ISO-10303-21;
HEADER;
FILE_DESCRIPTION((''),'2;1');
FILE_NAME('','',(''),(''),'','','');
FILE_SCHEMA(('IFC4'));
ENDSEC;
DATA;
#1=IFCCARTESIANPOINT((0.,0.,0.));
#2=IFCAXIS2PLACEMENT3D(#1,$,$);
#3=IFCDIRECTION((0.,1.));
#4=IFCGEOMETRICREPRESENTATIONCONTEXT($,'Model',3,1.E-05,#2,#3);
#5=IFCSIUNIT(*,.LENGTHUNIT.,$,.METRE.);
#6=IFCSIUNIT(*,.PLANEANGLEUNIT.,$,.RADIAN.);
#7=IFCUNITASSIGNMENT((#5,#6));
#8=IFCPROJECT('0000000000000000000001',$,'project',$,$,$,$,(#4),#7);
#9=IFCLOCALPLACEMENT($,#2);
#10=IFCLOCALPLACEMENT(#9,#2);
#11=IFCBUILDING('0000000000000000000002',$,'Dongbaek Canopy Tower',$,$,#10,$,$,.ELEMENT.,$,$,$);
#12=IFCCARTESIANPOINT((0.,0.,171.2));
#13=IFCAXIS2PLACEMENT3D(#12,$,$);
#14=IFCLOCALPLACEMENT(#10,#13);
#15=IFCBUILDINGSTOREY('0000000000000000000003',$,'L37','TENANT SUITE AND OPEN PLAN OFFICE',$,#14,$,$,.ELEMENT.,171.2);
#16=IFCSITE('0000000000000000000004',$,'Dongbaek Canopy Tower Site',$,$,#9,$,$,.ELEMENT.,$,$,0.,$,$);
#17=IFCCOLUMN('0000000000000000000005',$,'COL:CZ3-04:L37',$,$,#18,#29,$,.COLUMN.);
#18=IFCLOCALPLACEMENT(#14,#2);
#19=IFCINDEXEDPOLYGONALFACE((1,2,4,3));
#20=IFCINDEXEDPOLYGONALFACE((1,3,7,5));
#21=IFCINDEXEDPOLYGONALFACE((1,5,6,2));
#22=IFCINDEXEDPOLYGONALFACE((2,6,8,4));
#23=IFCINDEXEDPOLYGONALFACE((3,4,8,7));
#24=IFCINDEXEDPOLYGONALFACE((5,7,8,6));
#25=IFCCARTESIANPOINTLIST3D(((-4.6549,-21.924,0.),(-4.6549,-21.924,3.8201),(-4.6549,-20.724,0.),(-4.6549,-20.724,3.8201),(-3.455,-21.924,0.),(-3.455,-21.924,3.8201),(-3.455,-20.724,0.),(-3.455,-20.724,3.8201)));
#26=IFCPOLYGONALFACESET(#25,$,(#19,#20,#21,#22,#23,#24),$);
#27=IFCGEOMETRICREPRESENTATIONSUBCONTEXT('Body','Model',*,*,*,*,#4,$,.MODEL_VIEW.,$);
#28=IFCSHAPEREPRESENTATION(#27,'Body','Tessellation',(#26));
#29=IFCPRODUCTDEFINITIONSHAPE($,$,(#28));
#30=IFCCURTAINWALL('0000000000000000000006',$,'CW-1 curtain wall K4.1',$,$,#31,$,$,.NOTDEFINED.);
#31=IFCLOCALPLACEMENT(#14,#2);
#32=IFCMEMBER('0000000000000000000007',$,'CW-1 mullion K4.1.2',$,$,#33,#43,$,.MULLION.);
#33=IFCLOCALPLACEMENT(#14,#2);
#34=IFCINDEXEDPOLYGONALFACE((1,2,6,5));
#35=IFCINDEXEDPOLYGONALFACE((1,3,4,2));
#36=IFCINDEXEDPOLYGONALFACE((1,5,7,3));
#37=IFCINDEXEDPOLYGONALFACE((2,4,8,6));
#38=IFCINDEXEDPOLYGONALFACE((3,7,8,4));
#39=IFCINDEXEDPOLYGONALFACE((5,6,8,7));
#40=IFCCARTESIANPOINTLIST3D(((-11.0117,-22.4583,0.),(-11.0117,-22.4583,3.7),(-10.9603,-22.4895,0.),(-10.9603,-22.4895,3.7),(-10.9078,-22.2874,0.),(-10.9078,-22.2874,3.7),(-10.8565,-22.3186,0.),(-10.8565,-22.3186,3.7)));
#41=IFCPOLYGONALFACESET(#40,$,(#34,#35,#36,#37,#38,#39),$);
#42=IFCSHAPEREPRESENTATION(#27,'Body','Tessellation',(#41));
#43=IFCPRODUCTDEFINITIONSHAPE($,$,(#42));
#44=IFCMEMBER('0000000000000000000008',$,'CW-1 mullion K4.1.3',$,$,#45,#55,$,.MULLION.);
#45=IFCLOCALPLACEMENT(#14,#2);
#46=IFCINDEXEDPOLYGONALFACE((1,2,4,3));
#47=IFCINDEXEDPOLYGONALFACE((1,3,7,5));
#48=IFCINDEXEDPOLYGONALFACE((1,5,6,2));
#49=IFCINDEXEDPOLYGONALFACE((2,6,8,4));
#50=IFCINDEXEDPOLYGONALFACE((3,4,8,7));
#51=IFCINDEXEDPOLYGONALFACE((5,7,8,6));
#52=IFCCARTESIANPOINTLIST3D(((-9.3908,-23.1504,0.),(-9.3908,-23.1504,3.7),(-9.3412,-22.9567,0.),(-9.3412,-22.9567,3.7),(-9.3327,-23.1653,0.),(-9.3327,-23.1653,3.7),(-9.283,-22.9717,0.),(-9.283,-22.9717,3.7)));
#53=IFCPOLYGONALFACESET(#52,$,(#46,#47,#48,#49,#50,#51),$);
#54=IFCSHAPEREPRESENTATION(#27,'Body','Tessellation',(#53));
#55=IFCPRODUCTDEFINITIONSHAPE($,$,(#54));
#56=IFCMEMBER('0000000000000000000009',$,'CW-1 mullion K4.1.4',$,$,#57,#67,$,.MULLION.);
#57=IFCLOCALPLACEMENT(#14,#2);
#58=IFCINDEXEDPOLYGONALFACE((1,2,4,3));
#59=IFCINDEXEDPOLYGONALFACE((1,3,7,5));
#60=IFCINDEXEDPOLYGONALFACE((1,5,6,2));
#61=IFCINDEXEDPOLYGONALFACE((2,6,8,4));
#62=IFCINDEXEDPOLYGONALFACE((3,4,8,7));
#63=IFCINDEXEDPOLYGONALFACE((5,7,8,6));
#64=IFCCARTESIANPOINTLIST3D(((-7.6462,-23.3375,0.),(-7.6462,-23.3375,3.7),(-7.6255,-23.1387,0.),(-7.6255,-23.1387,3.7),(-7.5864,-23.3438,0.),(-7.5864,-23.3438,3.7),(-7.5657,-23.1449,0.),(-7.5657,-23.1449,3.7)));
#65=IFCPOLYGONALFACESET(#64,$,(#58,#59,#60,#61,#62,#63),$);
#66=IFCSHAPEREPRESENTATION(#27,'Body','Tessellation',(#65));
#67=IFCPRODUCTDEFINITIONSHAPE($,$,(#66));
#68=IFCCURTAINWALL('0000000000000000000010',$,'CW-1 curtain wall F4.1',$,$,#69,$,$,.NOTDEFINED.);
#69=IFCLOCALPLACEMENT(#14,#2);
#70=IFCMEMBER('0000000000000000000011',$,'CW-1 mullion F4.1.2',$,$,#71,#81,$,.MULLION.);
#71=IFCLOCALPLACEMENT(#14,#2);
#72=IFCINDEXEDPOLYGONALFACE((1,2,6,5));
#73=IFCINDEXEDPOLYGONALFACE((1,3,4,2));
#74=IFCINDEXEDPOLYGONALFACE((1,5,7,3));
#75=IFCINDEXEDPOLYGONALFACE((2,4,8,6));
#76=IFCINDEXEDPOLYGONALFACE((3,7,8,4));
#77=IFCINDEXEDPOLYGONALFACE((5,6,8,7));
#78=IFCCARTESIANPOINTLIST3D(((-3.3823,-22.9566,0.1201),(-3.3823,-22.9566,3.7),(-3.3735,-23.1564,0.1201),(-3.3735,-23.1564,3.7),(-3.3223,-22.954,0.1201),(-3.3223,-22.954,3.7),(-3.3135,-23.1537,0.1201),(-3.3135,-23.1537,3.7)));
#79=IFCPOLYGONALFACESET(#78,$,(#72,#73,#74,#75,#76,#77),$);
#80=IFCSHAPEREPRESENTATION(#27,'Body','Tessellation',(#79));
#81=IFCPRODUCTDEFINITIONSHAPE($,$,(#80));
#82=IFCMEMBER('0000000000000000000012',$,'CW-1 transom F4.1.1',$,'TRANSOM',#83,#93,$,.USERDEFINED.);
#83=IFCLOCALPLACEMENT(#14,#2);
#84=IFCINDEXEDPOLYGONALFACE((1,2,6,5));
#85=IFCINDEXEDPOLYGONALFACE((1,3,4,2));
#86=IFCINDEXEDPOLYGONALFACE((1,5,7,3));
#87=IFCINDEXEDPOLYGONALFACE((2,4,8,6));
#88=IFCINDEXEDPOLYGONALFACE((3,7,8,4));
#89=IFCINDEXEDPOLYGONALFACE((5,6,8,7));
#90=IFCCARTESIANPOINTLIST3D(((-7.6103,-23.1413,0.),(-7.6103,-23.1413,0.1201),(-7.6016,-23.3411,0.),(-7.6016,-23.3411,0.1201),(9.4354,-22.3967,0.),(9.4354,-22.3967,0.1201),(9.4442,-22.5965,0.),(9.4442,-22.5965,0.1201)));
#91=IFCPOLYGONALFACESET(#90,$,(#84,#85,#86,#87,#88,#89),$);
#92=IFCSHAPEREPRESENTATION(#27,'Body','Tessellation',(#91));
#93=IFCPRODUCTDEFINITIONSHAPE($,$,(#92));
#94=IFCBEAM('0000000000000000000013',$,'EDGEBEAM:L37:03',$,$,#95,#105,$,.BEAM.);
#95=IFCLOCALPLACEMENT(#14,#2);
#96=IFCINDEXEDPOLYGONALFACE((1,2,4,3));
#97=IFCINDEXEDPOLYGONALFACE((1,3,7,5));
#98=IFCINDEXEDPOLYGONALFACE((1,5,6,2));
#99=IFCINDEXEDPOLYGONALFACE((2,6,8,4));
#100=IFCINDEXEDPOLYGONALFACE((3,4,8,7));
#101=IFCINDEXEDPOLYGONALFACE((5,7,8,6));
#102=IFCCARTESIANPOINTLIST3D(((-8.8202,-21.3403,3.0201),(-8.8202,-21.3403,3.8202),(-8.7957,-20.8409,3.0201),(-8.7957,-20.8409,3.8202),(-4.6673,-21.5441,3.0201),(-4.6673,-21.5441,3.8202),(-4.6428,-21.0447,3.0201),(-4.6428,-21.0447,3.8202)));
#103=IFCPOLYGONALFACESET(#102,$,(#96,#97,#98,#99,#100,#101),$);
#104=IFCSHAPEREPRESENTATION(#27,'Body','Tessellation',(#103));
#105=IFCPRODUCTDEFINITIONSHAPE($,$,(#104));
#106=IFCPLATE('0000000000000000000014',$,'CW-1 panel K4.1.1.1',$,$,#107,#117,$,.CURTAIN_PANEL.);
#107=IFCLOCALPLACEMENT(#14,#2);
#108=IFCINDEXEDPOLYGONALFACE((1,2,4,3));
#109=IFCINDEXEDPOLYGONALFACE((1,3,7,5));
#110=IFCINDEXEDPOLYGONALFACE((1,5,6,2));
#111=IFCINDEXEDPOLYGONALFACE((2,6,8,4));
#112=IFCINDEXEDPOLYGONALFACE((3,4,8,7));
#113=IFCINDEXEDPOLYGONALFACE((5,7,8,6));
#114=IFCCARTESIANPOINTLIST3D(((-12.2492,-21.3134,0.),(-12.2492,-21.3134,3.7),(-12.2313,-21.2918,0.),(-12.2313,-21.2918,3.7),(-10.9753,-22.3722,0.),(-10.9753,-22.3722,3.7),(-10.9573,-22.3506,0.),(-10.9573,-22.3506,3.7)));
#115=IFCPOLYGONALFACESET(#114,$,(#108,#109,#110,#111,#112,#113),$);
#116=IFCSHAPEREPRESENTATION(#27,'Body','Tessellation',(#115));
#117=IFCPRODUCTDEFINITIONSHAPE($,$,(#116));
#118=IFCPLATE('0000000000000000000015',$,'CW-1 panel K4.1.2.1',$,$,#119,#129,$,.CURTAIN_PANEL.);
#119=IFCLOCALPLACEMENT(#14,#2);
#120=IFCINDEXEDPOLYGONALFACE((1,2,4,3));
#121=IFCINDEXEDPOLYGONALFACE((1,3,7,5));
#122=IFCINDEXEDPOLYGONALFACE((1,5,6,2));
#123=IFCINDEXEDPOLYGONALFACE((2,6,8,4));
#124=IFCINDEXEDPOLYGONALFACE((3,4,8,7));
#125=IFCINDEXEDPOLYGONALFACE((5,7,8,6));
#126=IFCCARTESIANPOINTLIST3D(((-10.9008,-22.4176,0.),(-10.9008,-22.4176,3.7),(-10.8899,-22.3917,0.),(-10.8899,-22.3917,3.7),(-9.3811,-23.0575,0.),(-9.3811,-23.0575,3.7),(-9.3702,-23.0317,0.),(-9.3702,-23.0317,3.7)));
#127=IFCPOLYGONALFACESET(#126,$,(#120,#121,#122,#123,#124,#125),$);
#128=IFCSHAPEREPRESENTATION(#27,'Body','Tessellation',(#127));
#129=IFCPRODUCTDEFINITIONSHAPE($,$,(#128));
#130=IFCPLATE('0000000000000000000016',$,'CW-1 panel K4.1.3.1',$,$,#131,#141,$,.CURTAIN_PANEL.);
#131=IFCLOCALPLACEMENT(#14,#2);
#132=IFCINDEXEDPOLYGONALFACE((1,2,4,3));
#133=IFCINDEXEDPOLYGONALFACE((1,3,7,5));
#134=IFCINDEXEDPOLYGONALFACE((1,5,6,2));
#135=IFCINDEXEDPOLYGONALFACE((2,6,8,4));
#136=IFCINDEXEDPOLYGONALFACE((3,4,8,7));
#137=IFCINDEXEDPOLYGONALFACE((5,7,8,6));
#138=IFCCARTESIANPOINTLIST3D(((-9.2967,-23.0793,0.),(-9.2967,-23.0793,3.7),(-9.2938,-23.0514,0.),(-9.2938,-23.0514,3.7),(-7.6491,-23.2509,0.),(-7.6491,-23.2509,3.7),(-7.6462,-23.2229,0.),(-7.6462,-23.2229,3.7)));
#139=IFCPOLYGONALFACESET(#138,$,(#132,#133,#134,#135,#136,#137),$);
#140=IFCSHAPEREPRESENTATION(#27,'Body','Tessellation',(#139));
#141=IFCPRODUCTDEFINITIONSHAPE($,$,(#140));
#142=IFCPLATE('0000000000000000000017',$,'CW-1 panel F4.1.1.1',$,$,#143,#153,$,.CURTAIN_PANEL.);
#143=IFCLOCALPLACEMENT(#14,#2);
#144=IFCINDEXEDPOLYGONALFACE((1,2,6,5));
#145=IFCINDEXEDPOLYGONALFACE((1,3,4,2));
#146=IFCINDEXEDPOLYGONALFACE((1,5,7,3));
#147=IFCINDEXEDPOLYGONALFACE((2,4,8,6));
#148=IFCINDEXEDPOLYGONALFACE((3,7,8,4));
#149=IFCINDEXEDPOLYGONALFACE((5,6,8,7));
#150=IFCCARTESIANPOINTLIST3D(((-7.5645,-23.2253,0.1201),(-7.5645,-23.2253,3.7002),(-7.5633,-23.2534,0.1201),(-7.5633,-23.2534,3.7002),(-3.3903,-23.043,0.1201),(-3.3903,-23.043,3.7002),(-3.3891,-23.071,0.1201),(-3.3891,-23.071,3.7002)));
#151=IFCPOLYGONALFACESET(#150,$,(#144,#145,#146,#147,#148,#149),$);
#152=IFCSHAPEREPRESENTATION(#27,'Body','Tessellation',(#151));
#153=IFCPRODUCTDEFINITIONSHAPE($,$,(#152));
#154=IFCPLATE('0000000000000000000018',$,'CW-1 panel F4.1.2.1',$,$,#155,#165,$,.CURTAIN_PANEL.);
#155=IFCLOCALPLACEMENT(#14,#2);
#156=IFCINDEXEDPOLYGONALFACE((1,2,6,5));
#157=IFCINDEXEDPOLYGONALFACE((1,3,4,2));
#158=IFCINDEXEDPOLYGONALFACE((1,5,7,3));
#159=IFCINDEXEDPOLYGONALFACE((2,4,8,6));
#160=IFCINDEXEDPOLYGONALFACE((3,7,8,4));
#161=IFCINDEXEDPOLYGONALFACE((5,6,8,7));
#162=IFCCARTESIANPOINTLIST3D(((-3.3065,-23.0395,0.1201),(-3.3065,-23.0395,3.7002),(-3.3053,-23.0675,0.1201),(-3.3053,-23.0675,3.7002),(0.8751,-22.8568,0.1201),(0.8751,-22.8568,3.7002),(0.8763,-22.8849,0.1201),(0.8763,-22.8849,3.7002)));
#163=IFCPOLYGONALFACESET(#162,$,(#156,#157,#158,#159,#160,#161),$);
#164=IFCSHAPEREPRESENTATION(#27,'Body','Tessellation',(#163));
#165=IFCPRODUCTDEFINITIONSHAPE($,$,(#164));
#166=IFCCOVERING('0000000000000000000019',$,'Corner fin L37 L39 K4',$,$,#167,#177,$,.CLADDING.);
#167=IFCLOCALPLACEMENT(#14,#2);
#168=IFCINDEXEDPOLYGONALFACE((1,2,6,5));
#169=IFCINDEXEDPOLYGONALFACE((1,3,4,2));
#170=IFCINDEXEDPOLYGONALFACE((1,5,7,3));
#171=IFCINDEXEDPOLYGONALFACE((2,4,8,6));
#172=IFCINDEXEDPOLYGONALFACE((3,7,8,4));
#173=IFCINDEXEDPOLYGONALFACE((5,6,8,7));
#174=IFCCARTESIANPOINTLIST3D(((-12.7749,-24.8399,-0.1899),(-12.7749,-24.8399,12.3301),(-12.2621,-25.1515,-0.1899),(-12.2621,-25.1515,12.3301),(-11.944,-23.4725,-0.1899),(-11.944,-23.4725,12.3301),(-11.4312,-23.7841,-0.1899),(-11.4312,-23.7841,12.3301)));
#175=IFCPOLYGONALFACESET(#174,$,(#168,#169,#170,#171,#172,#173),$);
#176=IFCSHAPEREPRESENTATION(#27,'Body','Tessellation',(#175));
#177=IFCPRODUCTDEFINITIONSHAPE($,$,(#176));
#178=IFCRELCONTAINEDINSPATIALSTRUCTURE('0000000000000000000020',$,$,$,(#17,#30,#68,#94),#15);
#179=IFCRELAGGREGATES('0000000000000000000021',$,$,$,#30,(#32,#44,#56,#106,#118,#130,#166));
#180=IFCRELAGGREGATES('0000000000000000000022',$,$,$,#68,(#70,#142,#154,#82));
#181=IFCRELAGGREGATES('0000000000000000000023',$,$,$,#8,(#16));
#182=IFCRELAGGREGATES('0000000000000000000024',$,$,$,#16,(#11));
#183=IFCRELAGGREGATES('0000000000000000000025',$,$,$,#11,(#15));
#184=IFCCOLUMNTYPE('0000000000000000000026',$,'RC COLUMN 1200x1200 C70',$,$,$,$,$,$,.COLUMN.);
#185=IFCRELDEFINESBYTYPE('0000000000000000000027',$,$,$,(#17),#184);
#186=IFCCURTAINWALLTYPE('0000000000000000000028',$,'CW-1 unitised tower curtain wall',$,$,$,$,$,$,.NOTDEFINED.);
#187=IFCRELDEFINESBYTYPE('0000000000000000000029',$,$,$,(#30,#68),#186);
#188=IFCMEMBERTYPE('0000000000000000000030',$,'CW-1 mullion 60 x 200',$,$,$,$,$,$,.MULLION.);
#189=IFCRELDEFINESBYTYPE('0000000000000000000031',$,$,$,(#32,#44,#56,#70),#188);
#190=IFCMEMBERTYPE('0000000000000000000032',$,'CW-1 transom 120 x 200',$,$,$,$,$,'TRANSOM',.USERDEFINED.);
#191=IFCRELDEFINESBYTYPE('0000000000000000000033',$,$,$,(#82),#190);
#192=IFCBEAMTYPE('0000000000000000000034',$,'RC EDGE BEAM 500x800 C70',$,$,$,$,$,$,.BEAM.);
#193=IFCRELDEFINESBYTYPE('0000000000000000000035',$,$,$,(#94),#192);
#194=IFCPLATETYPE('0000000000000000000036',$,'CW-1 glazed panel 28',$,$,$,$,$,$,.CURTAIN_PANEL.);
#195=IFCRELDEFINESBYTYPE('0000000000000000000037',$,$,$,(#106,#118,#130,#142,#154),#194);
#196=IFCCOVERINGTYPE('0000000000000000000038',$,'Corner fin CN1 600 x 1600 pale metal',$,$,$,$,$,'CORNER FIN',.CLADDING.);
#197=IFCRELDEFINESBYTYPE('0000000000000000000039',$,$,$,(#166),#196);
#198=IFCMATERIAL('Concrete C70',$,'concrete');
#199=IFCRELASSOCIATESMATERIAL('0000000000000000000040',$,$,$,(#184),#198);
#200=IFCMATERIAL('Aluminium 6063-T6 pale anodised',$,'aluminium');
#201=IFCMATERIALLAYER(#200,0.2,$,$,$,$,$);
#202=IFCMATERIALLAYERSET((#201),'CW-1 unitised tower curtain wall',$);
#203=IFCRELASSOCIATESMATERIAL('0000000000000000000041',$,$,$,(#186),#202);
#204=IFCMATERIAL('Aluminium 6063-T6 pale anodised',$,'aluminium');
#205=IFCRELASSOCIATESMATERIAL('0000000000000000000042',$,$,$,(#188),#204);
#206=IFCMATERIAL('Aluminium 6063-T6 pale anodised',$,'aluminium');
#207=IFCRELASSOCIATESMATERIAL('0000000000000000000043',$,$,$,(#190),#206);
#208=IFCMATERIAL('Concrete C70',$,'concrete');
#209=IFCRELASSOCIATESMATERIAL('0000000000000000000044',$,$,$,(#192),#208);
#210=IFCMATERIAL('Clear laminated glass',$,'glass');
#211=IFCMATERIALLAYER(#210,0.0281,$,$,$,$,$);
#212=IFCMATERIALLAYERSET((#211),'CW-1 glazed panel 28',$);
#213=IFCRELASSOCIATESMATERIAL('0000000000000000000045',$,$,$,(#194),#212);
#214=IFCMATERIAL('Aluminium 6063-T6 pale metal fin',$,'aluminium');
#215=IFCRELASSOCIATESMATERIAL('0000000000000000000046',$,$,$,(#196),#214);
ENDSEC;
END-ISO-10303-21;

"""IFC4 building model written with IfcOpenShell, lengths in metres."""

from ifc_helpers import new_model, si_unit, direction, frame, origin, origin_2d, place, context, subcontext, project, spatial, rectangle, extrude, material, layer, layer_set, material_profile, profile_set, type_object, element, aggregate, save


model = new_model("IFC4")

# Units and contexts
model_context = context("Model", 3, precision=1e-05, world=origin(), true_north=direction((0.0, 1.0)))
body_context = subcontext(model_context, "Body", "Model", "MODEL_VIEW")
ifc_project = project(units=[si_unit("LENGTHUNIT", "METRE"), si_unit("PLANEANGLEUNIT", "RADIAN")], contexts=[model_context])

# Site, building, storey
site_placement = place(None, origin())
site = spatial("IfcSite", under=ifc_project, at=site_placement, Name="Dongbaek Canopy Tower Site", CompositionType="ELEMENT", RefElevation=0.0)
building_placement = place(site_placement, origin())
building = spatial("IfcBuilding", under=site, at=building_placement, Name="Dongbaek Canopy Tower", CompositionType="ELEMENT")
storey_placement = place(building_placement, frame((0.0, 0.0, 171.2)))
storey = spatial("IfcBuildingStorey", under=building, at=storey_placement, Name="L37", Description="TENANT SUITE AND OPEN PLAN OFFICE", CompositionType="ELEMENT", Elevation=171.2)

# Column
ifc_material_1 = material(Name="Concrete C70", Category="concrete")
ifc_material_profile_1 = material_profile(ifc_material_1, rectangle(XDim=1.2, YDim=1.2, at=origin_2d()), Name="RC COLUMN 1200x1200 C70")
ifc_profile_set_1 = profile_set([ifc_material_profile_1], Name="Concrete C70")
column_type = type_object("IfcColumnType", Name="RC COLUMN 1200x1200 C70", PredefinedType="COLUMN", material=ifc_profile_set_1)
column_placement = place(storey_placement, frame((-4.0549, -21.324, 0.0), z_axis=(0.0, 0.0, 1.0), x_axis=(1.0, 0.0, 0.0)))
element("IfcColumn", 1, at=column_placement, inside=storey, type_object=column_type, Name="COL:CZ3-04:L37", PredefinedType="COLUMN", context=body_context, shape_type="SweptSolid", body=[
    extrude(rectangle(XDim=1.2, YDim=1.2, at=origin_2d()), origin(), (0.0, 0.0, 1.0), 3.8201),
])

# Curtain walls, members
ifc_material_2 = material(Name="Aluminium 6063-T6 pale anodised", Category="aluminium")
ifc_layer_1 = layer(ifc_material_2, 0.2)
ifc_layer_set_1 = layer_set([ifc_layer_1], Name="CW-1 unitised tower curtain wall")
curtain_wall_type = type_object("IfcCurtainWallType", Name="CW-1 unitised tower curtain wall", PredefinedType="NOTDEFINED", material=ifc_layer_set_1)
curtain_wall_1_placement = place(storey_placement, origin())
curtain_wall_1 = element("IfcCurtainWall", 2, at=curtain_wall_1_placement, inside=storey, type_object=curtain_wall_type, Name="CW-1 curtain wall K4.1", PredefinedType="NOTDEFINED")
ifc_material_3 = material(Name="Aluminium 6063-T6 pale anodised", Category="aluminium")
ifc_material_profile_2 = material_profile(ifc_material_3, rectangle(XDim=0.2, YDim=0.0601, at=origin_2d()), Name="CW-1 mullion 60 x 200")
ifc_profile_set_2 = profile_set([ifc_material_profile_2], Name="Aluminium 6063-T6 pale anodised")
member_type_1 = type_object("IfcMemberType", Name="CW-1 mullion 60 x 200", PredefinedType="MULLION", material=ifc_profile_set_2)
member_1_placement = place(storey_placement, frame((-10.9341, -22.3884, 0.0), z_axis=(0.0, 0.0, 1.0), x_axis=(-0.519286, -0.8546, 0.0)))
member_1 = element("IfcMember", 3, at=member_1_placement, type_object=member_type_1, Name="CW-1 mullion K4.1.2", PredefinedType="MULLION", context=body_context, shape_type="SweptSolid", body=[
    extrude(rectangle(XDim=0.2, YDim=0.0601, at=origin_2d()), origin(), (0.0, 0.0, 1.0), 3.7),
])
member_2_placement = place(storey_placement, frame((-9.3369, -23.061, 0.0), z_axis=(0.0, 0.0, 1.0), x_axis=(-0.248548, -0.96862, 0.0)))
member_2 = element("IfcMember", 4, at=member_2_placement, type_object=member_type_1, Name="CW-1 mullion K4.1.3", PredefinedType="MULLION", context=body_context, shape_type="SweptSolid", body=[
    extrude(rectangle(XDim=0.2, YDim=0.0601, at=origin_2d()), origin(), (0.0, 0.0, 1.0), 3.7),
])
member_3_placement = place(storey_placement, frame((-7.606, -23.2412, 0.0), z_axis=(0.0, 0.0, 1.0), x_axis=(-0.103577, -0.994621, 0.0)))
member_3 = element("IfcMember", 5, at=member_3_placement, type_object=member_type_1, Name="CW-1 mullion K4.1.4", PredefinedType="MULLION", context=body_context, shape_type="SweptSolid", body=[
    extrude(rectangle(XDim=0.2, YDim=0.0601, at=origin_2d()), origin(), (0.0, 0.0, 1.0), 3.7),
])
curtain_wall_2_placement = place(storey_placement, origin())
curtain_wall_2 = element("IfcCurtainWall", 6, at=curtain_wall_2_placement, inside=storey, type_object=curtain_wall_type, Name="CW-1 curtain wall F4.1", PredefinedType="NOTDEFINED")
member_4_placement = place(storey_placement, frame((-3.3479, -23.0552, 0.1201), z_axis=(0.0, 0.0, 1.0), x_axis=(0.04364, -0.999047, 0.0)))
member_4 = element("IfcMember", 7, at=member_4_placement, type_object=member_type_1, Name="CW-1 mullion F4.1.2", PredefinedType="MULLION", context=body_context, shape_type="SweptSolid", body=[
    extrude(rectangle(XDim=0.2, YDim=0.0601, at=origin_2d()), origin(), (0.0, 0.0, 1.0), 3.5798),
])
ifc_material_4 = material(Name="Aluminium 6063-T6 pale anodised", Category="aluminium")
ifc_material_profile_3 = material_profile(ifc_material_4, rectangle(XDim=0.2, YDim=0.1201, at=origin_2d()), Name="CW-1 transom 120 x 200")
ifc_profile_set_3 = profile_set([ifc_material_profile_3], Name="Aluminium 6063-T6 pale anodised")
member_type_2 = type_object("IfcMemberType", Name="CW-1 transom 120 x 200", ElementType="TRANSOM", PredefinedType="USERDEFINED", material=ifc_profile_set_3)
member_5_placement = place(storey_placement, frame((-7.606, -23.2412, 0.0601), z_axis=(0.999047, 0.043643, 0.0), x_axis=(-0.043643, 0.999047, 0.0)))
member_5 = element("IfcMember", 8, at=member_5_placement, type_object=member_type_2, Name="CW-1 transom F4.1.1", ObjectType="TRANSOM", PredefinedType="USERDEFINED", context=body_context, shape_type="SweptSolid", body=[
    extrude(rectangle(XDim=0.2, YDim=0.1201, at=origin_2d()), origin(), (0.0, 0.0, 1.0), 17.062),
])

# Beam
ifc_material_5 = material(Name="Concrete C70", Category="concrete")
ifc_material_profile_4 = material_profile(ifc_material_5, rectangle(XDim=0.5, YDim=0.8, at=origin_2d()), Name="RC EDGE BEAM 500x800 C70")
ifc_profile_set_4 = profile_set([ifc_material_profile_4], Name="Concrete C70")
beam_type = type_object("IfcBeamType", Name="RC EDGE BEAM 500x800 C70", PredefinedType="BEAM", material=ifc_profile_set_4)
beam_placement = place(storey_placement, frame((-4.655, -21.2944, 3.4202), z_axis=(-0.998797, 0.049027, 0.0), x_axis=(-0.049027, -0.998797, 0.0)))
element("IfcBeam", 9, at=beam_placement, inside=storey, type_object=beam_type, Name="EDGEBEAM:L37:03", PredefinedType="BEAM", context=body_context, shape_type="SweptSolid", body=[
    extrude(rectangle(XDim=0.5, YDim=0.8, at=origin_2d()), origin(), (0.0, 0.0, 1.0), 4.158),
])

# Plates
ifc_material_6 = material(Name="Clear laminated glass", Category="glass")
ifc_layer_2 = layer(ifc_material_6, 0.0281)
ifc_layer_set_2 = layer_set([ifc_layer_2], Name="CW-1 glazed panel 28")
plate_type = type_object("IfcPlateType", Name="CW-1 glazed panel 28", PredefinedType="CURTAIN_PANEL", material=ifc_layer_set_2)
plate_1_placement = place(storey_placement, frame((-11.6033, -21.832, 0.0), z_axis=(0.0, 0.0, 1.0), x_axis=(0.769056, -0.639181, 0.0)))
plate_1 = element("IfcPlate", 10, at=plate_1_placement, type_object=plate_type, Name="CW-1 panel K4.1.1.1", PredefinedType="CURTAIN_PANEL", context=body_context, shape_type="SweptSolid", body=[
    extrude(rectangle(XDim=1.6565, YDim=0.0281, at=origin_2d()), origin(), (0.0, 0.0, 1.0), 3.7),
])
plate_2_placement = place(storey_placement, frame((-10.1355, -22.7246, 0.0), z_axis=(0.0, 0.0, 1.0), x_axis=(0.921606, -0.388127, 0.0)))
plate_2 = element("IfcPlate", 11, at=plate_2_placement, type_object=plate_type, Name="CW-1 panel K4.1.2.1", PredefinedType="CURTAIN_PANEL", context=body_context, shape_type="SweptSolid", body=[
    extrude(rectangle(XDim=1.6489, YDim=0.0281, at=origin_2d()), origin(), (0.0, 0.0, 1.0), 3.7),
])
plate_3_placement = place(storey_placement, frame((-8.4714, -23.1511, 0.0), z_axis=(0.0, 0.0, 1.0), x_axis=(0.994621, -0.103577, 0.0)))
plate_3 = element("IfcPlate", 12, at=plate_3_placement, type_object=plate_type, Name="CW-1 panel K4.1.3.1", PredefinedType="CURTAIN_PANEL", context=body_context, shape_type="SweptSolid", body=[
    extrude(rectangle(XDim=1.6565, YDim=0.0281, at=origin_2d()), origin(), (0.0, 0.0, 1.0), 3.7),
])
plate_4_placement = place(storey_placement, frame((-5.4768, -23.1482, 0.1201), z_axis=(0.0, 0.0, 1.0), x_axis=(0.999047, 0.04364, 0.0)))
plate_4 = element("IfcPlate", 13, at=plate_4_placement, type_object=plate_type, Name="CW-1 panel F4.1.1.1", PredefinedType="CURTAIN_PANEL", context=body_context, shape_type="SweptSolid", body=[
    extrude(rectangle(XDim=4.1782, YDim=0.0281, at=origin_2d()), origin(), (0.0, 0.0, 1.0), 3.5801),
])
plate_5_placement = place(storey_placement, frame((-1.2151, -22.9622, 0.1201), z_axis=(0.0, 0.0, 1.0), x_axis=(0.999047, 0.04364, 0.0)))
plate_5 = element("IfcPlate", 14, at=plate_5_placement, type_object=plate_type, Name="CW-1 panel F4.1.2.1", PredefinedType="CURTAIN_PANEL", context=body_context, shape_type="SweptSolid", body=[
    extrude(rectangle(XDim=4.1855, YDim=0.0281, at=origin_2d()), origin(), (0.0, 0.0, 1.0), 3.5801),
])

# Covering
ifc_material_7 = material(Name="Aluminium 6063-T6 pale metal fin", Category="aluminium")
ifc_material_profile_5 = material_profile(ifc_material_7, rectangle(XDim=1.6001, YDim=0.6001, at=origin_2d()), Name="Corner fin CN1 600 x 1600 pale metal")
ifc_profile_set_5 = profile_set([ifc_material_profile_5], Name="Aluminium 6063-T6 pale metal fin")
covering_type_1 = type_object("IfcCoveringType", Name="Corner fin CN1 600 x 1600 pale metal", ElementType="CORNER FIN", PredefinedType="CLADDING", material=ifc_profile_set_5)
covering_1_placement = place(storey_placement, frame((-12.103, -24.312, -0.1899), z_axis=(0.0, 0.0, 1.0), x_axis=(-0.519286, -0.8546, 0.0)))
covering_1 = element("IfcCovering", 15, at=covering_1_placement, type_object=covering_type_1, Name="Corner fin L37 L39 K4", PredefinedType="CLADDING", context=body_context, shape_type="SweptSolid", body=[
    extrude(rectangle(XDim=1.6001, YDim=0.6001, at=origin_2d()), origin(), (0.0, 0.0, 1.0), 12.52),
])
aggregate(curtain_wall_1, [member_1, member_2, member_3, plate_1, plate_2, plate_3, covering_1])

aggregate(curtain_wall_2, [member_4, plate_4, plate_5, member_5])

save(model, "model.ifc")
